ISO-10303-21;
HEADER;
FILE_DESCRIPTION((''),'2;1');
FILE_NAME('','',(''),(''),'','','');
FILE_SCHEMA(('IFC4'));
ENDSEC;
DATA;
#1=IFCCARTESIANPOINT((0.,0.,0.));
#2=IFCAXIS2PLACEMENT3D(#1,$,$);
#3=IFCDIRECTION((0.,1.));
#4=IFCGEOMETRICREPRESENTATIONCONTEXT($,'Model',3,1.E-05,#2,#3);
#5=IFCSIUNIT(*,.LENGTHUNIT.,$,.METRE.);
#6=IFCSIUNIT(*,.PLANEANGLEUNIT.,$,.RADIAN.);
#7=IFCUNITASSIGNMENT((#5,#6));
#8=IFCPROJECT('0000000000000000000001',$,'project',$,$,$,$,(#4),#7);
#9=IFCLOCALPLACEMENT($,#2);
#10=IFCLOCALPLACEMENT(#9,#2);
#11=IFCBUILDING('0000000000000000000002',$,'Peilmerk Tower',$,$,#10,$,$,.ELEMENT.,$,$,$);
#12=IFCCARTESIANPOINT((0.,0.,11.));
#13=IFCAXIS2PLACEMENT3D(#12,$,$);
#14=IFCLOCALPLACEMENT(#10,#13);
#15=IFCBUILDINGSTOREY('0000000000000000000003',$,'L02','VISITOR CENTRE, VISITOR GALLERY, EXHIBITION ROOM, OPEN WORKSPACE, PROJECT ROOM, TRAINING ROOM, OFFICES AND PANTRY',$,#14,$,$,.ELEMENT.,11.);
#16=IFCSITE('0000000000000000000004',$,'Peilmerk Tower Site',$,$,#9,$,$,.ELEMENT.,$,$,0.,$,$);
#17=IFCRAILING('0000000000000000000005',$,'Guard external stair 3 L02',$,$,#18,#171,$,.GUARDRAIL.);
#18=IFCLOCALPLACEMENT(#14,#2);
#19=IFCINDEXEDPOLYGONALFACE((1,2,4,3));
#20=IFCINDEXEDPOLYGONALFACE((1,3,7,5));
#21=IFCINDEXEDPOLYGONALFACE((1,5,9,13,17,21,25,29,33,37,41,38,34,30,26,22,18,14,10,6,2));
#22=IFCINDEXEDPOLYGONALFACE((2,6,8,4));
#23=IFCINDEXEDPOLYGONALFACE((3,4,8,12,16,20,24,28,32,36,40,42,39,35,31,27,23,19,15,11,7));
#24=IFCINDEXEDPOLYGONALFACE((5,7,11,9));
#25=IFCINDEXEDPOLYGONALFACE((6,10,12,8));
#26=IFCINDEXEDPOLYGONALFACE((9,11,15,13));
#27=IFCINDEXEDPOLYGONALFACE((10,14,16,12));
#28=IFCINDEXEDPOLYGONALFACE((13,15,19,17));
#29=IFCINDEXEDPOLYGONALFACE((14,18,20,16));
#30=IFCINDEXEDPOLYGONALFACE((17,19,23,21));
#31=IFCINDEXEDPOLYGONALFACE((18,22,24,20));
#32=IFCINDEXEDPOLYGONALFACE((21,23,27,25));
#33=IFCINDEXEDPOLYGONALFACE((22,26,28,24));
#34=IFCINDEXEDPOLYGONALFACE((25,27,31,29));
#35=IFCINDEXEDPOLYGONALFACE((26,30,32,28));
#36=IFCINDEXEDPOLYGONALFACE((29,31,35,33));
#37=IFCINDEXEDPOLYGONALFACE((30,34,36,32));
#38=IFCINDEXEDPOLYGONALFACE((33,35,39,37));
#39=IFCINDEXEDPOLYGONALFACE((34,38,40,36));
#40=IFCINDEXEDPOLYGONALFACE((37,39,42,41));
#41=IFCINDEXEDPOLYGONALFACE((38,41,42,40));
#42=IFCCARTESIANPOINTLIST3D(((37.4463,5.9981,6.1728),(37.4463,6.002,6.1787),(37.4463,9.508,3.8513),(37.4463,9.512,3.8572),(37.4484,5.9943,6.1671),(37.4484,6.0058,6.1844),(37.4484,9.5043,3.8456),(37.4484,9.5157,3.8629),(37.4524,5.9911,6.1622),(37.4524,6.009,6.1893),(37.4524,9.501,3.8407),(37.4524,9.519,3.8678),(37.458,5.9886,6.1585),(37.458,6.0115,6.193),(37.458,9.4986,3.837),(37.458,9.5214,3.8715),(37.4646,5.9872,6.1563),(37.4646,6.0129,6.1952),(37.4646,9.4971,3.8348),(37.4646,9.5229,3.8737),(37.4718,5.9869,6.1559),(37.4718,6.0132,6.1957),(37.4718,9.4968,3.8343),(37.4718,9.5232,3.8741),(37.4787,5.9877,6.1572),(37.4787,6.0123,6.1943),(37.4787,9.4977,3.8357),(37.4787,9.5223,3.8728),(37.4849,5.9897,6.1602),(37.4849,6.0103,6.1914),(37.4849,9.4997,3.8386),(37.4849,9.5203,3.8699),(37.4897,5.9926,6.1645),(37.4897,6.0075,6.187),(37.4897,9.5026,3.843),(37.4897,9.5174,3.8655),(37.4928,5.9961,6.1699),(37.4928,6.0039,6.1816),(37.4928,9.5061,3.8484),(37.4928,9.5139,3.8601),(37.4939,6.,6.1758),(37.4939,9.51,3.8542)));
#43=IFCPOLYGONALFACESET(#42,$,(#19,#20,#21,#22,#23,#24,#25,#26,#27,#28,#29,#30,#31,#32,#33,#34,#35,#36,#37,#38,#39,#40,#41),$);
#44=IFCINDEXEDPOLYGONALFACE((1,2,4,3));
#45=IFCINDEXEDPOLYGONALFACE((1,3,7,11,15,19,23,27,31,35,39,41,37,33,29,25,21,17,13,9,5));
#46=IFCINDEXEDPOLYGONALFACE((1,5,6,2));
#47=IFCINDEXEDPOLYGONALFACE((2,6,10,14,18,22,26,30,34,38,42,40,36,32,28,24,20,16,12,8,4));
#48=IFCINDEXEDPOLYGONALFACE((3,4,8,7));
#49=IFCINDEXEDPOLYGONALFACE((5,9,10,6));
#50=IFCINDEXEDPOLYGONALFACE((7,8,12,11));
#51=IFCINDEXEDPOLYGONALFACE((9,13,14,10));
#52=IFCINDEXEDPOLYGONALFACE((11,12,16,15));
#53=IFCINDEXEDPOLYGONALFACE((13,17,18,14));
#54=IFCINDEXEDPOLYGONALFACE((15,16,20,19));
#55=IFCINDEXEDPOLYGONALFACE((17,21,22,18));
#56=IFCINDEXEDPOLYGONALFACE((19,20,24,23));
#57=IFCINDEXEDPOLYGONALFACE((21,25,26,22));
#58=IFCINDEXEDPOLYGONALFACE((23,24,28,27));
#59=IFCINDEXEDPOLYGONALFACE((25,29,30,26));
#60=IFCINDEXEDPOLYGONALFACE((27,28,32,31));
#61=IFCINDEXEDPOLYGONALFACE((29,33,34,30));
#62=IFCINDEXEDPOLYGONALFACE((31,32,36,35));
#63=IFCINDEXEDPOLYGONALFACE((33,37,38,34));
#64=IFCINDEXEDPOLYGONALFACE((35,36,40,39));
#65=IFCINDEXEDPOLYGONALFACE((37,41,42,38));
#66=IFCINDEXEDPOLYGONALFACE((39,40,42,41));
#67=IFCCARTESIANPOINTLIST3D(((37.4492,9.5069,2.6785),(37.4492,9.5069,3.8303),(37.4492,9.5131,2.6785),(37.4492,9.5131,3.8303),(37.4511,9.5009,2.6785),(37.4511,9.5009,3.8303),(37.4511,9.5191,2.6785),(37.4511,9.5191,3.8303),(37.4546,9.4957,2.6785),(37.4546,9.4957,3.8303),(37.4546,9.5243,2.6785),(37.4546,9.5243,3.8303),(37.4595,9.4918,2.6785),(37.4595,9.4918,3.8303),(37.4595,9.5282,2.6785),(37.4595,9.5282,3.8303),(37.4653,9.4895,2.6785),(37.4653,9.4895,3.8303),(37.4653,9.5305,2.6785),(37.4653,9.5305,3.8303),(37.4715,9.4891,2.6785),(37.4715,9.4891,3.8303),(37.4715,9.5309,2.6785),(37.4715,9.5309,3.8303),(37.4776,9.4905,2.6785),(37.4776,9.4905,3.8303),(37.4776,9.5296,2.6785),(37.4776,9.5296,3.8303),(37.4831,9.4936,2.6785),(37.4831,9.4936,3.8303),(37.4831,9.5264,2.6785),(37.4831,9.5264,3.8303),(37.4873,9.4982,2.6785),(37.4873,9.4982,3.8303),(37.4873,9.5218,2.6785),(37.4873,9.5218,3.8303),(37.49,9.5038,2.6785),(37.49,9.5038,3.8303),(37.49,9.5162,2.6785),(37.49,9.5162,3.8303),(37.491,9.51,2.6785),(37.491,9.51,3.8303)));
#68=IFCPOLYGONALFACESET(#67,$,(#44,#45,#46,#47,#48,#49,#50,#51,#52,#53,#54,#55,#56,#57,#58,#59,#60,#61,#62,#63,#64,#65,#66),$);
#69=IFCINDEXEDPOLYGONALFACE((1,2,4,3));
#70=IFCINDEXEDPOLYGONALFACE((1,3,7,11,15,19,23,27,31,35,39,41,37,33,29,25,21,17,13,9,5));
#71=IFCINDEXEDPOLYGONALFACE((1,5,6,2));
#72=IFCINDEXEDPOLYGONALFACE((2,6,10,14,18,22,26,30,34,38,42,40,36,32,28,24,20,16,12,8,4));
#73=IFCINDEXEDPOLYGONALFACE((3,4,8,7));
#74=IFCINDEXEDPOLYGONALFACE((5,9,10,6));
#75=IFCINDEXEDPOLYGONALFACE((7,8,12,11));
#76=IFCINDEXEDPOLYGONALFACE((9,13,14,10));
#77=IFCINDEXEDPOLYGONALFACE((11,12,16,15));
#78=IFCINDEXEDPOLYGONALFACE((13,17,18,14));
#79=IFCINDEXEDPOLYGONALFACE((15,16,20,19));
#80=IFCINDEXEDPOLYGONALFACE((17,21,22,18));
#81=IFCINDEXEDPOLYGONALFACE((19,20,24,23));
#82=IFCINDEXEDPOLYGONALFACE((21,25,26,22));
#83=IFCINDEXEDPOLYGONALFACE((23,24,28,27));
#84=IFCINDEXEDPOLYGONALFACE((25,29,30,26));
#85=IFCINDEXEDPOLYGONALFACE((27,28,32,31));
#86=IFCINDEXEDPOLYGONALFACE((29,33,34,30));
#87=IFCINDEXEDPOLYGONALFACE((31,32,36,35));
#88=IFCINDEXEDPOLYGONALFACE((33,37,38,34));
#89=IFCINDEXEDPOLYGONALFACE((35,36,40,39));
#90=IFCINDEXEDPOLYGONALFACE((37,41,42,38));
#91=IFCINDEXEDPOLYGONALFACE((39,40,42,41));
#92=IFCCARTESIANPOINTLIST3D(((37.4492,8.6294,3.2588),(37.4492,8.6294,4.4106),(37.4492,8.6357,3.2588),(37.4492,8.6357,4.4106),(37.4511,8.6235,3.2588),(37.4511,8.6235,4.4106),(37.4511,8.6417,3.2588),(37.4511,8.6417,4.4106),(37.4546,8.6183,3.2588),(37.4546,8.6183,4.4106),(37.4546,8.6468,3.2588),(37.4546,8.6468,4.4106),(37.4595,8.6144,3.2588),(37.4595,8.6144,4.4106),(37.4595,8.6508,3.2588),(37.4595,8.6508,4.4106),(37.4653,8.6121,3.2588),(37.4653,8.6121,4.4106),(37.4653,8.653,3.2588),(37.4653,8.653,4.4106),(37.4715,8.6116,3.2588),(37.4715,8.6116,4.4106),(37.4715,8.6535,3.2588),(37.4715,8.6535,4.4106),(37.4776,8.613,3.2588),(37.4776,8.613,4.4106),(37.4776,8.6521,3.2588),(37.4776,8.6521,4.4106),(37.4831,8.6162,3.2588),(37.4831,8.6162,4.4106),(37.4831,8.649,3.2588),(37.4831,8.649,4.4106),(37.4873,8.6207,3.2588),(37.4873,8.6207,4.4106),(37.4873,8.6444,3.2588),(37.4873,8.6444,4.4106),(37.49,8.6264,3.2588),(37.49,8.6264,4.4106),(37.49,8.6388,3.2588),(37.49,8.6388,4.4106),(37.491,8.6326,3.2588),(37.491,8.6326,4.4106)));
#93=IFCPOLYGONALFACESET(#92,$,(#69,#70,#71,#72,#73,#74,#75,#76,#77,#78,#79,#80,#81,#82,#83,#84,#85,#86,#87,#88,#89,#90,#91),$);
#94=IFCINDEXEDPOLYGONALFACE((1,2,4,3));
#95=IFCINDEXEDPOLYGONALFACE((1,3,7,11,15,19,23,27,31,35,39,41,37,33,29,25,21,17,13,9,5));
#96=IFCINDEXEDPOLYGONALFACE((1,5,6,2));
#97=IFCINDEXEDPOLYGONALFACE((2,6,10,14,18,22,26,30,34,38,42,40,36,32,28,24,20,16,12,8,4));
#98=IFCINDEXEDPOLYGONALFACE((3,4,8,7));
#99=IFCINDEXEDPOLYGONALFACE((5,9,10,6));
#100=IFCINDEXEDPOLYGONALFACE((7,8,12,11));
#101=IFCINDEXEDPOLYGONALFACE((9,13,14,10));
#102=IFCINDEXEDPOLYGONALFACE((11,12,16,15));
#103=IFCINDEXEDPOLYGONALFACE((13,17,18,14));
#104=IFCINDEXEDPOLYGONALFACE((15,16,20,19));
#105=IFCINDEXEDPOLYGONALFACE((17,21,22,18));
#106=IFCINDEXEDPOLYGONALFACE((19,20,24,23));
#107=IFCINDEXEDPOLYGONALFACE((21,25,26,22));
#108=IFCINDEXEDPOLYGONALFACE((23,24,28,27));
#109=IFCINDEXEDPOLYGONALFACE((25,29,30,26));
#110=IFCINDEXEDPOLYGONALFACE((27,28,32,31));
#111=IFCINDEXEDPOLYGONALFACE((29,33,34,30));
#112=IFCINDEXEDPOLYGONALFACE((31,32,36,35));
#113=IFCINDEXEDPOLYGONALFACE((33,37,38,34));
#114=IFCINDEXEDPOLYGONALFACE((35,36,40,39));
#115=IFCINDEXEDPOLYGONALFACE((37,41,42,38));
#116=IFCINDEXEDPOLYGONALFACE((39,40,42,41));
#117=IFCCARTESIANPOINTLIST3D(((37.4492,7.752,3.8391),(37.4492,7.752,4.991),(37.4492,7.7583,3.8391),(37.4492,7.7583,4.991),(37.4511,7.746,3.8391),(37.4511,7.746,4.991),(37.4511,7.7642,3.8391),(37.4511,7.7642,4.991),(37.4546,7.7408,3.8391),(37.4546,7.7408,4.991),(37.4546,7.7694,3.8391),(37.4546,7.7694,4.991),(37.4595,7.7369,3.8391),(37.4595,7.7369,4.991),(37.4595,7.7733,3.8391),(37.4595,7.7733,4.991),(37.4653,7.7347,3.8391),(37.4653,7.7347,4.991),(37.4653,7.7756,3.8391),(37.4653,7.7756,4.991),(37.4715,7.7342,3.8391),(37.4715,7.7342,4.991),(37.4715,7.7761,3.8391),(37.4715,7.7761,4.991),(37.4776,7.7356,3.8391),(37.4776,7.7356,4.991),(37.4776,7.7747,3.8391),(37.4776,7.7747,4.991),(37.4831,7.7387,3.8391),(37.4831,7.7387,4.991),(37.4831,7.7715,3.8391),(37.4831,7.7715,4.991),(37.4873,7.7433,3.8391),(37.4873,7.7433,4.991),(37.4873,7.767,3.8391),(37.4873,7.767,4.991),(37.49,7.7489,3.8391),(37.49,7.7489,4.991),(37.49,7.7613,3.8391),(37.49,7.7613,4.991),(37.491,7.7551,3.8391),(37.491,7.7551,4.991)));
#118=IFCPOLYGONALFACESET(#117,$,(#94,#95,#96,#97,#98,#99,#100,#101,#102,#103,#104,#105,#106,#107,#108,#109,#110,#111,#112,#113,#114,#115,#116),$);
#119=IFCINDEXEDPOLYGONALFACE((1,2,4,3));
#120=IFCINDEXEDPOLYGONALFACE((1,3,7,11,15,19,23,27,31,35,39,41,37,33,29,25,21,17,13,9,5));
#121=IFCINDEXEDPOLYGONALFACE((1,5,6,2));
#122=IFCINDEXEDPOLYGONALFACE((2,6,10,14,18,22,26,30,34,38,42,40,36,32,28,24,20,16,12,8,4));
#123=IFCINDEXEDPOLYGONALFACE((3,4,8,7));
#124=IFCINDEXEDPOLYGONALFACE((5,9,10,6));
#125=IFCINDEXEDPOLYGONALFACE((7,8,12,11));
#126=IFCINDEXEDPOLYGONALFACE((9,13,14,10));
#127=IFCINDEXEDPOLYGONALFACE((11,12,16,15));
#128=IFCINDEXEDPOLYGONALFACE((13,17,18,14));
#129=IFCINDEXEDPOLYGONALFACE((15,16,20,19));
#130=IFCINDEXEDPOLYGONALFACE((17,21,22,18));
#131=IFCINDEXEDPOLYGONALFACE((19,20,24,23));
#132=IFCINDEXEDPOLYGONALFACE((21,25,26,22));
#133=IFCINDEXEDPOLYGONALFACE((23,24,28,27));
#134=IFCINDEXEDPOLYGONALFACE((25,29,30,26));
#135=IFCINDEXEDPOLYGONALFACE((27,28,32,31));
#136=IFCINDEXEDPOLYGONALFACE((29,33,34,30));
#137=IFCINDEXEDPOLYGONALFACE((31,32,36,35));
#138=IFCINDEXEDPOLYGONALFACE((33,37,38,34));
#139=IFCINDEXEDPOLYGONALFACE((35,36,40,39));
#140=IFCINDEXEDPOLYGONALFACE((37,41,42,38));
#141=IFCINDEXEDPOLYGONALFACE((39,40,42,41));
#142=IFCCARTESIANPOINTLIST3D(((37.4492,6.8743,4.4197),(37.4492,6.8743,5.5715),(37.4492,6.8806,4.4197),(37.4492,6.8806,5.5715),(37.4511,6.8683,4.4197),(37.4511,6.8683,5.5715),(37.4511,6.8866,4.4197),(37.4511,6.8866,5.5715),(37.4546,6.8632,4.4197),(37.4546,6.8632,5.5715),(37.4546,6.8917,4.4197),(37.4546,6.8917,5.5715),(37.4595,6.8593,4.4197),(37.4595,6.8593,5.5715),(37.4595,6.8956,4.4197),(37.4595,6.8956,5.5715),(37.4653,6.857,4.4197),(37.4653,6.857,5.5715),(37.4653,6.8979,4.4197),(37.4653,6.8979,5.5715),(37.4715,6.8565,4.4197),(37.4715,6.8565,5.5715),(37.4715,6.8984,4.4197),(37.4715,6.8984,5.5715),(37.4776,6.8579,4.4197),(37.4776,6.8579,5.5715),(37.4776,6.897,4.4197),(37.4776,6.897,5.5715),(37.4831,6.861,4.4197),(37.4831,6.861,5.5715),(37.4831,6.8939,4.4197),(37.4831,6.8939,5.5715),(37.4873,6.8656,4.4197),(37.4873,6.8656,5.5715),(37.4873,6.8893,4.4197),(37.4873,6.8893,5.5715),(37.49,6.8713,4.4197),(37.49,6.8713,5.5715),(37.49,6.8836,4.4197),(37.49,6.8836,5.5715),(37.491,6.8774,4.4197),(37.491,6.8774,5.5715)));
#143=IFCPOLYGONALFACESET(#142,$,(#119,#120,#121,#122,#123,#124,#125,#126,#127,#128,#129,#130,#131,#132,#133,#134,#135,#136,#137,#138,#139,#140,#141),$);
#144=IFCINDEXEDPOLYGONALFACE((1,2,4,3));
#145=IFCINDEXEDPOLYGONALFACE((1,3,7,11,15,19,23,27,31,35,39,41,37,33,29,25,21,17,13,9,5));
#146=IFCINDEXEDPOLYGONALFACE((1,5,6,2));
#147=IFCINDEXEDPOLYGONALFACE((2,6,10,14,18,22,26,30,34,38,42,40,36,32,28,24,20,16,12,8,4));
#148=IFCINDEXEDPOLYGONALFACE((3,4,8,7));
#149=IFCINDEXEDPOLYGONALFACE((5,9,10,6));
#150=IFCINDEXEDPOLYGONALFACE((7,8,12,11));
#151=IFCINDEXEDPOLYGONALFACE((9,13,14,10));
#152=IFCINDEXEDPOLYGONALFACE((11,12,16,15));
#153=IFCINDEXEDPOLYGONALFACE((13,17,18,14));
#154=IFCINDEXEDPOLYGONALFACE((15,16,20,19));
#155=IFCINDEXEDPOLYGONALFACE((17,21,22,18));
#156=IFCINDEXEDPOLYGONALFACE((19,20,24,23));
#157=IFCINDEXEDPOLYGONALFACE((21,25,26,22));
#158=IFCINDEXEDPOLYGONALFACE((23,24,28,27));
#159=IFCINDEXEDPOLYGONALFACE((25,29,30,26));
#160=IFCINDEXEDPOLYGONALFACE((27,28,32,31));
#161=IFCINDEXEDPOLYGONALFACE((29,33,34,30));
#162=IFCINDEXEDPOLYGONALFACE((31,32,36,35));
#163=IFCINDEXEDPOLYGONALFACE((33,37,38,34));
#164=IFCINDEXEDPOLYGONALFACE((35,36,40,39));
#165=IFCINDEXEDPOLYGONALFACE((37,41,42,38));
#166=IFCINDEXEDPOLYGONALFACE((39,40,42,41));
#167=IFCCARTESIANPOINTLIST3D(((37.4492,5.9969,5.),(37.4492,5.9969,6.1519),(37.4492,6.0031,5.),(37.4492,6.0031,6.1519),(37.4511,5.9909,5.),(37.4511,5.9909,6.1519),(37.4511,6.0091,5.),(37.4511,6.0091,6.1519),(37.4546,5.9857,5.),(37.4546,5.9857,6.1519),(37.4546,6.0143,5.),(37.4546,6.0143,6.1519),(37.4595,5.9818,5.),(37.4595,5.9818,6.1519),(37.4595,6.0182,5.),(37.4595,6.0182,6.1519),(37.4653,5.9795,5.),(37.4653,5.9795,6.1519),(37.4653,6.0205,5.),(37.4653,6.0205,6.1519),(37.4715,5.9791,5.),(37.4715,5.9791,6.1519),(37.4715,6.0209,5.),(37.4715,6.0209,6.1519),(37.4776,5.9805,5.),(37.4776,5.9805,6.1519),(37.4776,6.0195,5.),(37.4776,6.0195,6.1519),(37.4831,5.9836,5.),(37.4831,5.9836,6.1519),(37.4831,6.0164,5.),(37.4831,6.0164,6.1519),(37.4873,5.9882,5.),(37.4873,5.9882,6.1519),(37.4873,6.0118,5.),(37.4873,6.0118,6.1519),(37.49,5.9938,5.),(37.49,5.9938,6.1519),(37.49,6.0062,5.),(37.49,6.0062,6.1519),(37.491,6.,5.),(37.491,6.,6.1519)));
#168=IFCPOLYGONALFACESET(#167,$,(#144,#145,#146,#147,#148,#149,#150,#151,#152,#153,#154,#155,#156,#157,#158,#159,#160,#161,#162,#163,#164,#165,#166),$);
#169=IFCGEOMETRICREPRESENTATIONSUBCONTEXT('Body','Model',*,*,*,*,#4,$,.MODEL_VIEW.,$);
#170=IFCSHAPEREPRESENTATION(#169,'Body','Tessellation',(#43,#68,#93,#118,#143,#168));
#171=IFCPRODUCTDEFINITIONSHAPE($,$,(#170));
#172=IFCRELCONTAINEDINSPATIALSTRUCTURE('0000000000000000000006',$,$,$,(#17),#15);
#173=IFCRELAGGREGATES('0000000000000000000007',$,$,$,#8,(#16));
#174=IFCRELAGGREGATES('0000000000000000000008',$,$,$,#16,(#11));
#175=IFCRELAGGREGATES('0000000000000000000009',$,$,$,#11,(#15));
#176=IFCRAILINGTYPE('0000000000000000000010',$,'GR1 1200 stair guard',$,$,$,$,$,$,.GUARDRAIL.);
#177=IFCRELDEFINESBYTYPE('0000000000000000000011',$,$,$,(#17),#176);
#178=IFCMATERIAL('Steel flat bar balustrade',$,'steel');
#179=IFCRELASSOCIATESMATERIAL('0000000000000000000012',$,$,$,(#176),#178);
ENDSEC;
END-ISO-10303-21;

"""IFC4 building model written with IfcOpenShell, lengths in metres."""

from ifc_helpers import new_model, si_unit, direction, frame, origin, origin_2d, place, context, subcontext, project, spatial, circle, extrude, material, type_object, element, save


model = new_model("IFC4")

# Units and contexts
model_context = context("Model", 3, precision=1e-05, world=origin(), true_north=direction((0.0, 1.0)))
body_context = subcontext(model_context, "Body", "Model", "MODEL_VIEW")
ifc_project = project(units=[si_unit("LENGTHUNIT", "METRE"), si_unit("PLANEANGLEUNIT", "RADIAN")], contexts=[model_context])

# Site, building, storey
site_placement = place(None, origin())
site = spatial("IfcSite", under=ifc_project, at=site_placement, Name="Peilmerk Tower Site", CompositionType="ELEMENT", RefElevation=0.0)
building_placement = place(site_placement, origin())
building = spatial("IfcBuilding", under=site, at=building_placement, Name="Peilmerk Tower", CompositionType="ELEMENT")
storey_placement = place(building_placement, frame((0.0, 0.0, 11.0)))
storey = spatial("IfcBuildingStorey", under=building, at=storey_placement, Name="L02", Description="VISITOR CENTRE, VISITOR GALLERY, EXHIBITION ROOM, OPEN WORKSPACE, PROJECT ROOM, TRAINING ROOM, OFFICES AND PANTRY", CompositionType="ELEMENT", Elevation=11.0)

# Railing
ifc_material_1 = material(Name="Steel flat bar balustrade", Category="steel")
railing_type_1 = type_object("IfcRailingType", Name="GR1 1200 stair guard", PredefinedType="GUARDRAIL", material=ifc_material_1)
railing_1_placement = place(storey_placement, frame((37.47, 9.51, 2.6785)))
element("IfcRailing", 1, at=railing_1_placement, inside=storey, type_object=railing_type_1, Name="Guard external stair 3 L02", PredefinedType="GUARDRAIL", context=body_context, shape_type="SweptSolid", body=[
    extrude(circle(Radius=0.0239, at=origin_2d()), frame((0.0, 0.0, 1.1758), z_axis=(0.0, -0.834071, 0.551657), x_axis=(1.0, 0.0, 0.0)), (0.0, 0.0, 1.0), 4.2083),
    extrude(circle(Radius=0.021, at=origin_2d()), origin(), (0.0, 0.0, 1.0), 1.1519),
    extrude(circle(Radius=0.021, at=origin_2d()), frame((0.0, -0.8774, 0.5803)), (0.0, 0.0, 1.0), 1.1519),
    extrude(circle(Radius=0.021, at=origin_2d()), frame((0.0, -1.7549, 1.1606)), (0.0, 0.0, 1.0), 1.1519),
    extrude(circle(Radius=0.021, at=origin_2d()), frame((0.0, -2.6326, 1.7412)), (0.0, 0.0, 1.0), 1.1519),
    extrude(circle(Radius=0.021, at=origin_2d()), frame((0.0, -3.51, 2.3215)), (0.0, 0.0, 1.0), 1.1519),
])

save(model, "model.ifc")
